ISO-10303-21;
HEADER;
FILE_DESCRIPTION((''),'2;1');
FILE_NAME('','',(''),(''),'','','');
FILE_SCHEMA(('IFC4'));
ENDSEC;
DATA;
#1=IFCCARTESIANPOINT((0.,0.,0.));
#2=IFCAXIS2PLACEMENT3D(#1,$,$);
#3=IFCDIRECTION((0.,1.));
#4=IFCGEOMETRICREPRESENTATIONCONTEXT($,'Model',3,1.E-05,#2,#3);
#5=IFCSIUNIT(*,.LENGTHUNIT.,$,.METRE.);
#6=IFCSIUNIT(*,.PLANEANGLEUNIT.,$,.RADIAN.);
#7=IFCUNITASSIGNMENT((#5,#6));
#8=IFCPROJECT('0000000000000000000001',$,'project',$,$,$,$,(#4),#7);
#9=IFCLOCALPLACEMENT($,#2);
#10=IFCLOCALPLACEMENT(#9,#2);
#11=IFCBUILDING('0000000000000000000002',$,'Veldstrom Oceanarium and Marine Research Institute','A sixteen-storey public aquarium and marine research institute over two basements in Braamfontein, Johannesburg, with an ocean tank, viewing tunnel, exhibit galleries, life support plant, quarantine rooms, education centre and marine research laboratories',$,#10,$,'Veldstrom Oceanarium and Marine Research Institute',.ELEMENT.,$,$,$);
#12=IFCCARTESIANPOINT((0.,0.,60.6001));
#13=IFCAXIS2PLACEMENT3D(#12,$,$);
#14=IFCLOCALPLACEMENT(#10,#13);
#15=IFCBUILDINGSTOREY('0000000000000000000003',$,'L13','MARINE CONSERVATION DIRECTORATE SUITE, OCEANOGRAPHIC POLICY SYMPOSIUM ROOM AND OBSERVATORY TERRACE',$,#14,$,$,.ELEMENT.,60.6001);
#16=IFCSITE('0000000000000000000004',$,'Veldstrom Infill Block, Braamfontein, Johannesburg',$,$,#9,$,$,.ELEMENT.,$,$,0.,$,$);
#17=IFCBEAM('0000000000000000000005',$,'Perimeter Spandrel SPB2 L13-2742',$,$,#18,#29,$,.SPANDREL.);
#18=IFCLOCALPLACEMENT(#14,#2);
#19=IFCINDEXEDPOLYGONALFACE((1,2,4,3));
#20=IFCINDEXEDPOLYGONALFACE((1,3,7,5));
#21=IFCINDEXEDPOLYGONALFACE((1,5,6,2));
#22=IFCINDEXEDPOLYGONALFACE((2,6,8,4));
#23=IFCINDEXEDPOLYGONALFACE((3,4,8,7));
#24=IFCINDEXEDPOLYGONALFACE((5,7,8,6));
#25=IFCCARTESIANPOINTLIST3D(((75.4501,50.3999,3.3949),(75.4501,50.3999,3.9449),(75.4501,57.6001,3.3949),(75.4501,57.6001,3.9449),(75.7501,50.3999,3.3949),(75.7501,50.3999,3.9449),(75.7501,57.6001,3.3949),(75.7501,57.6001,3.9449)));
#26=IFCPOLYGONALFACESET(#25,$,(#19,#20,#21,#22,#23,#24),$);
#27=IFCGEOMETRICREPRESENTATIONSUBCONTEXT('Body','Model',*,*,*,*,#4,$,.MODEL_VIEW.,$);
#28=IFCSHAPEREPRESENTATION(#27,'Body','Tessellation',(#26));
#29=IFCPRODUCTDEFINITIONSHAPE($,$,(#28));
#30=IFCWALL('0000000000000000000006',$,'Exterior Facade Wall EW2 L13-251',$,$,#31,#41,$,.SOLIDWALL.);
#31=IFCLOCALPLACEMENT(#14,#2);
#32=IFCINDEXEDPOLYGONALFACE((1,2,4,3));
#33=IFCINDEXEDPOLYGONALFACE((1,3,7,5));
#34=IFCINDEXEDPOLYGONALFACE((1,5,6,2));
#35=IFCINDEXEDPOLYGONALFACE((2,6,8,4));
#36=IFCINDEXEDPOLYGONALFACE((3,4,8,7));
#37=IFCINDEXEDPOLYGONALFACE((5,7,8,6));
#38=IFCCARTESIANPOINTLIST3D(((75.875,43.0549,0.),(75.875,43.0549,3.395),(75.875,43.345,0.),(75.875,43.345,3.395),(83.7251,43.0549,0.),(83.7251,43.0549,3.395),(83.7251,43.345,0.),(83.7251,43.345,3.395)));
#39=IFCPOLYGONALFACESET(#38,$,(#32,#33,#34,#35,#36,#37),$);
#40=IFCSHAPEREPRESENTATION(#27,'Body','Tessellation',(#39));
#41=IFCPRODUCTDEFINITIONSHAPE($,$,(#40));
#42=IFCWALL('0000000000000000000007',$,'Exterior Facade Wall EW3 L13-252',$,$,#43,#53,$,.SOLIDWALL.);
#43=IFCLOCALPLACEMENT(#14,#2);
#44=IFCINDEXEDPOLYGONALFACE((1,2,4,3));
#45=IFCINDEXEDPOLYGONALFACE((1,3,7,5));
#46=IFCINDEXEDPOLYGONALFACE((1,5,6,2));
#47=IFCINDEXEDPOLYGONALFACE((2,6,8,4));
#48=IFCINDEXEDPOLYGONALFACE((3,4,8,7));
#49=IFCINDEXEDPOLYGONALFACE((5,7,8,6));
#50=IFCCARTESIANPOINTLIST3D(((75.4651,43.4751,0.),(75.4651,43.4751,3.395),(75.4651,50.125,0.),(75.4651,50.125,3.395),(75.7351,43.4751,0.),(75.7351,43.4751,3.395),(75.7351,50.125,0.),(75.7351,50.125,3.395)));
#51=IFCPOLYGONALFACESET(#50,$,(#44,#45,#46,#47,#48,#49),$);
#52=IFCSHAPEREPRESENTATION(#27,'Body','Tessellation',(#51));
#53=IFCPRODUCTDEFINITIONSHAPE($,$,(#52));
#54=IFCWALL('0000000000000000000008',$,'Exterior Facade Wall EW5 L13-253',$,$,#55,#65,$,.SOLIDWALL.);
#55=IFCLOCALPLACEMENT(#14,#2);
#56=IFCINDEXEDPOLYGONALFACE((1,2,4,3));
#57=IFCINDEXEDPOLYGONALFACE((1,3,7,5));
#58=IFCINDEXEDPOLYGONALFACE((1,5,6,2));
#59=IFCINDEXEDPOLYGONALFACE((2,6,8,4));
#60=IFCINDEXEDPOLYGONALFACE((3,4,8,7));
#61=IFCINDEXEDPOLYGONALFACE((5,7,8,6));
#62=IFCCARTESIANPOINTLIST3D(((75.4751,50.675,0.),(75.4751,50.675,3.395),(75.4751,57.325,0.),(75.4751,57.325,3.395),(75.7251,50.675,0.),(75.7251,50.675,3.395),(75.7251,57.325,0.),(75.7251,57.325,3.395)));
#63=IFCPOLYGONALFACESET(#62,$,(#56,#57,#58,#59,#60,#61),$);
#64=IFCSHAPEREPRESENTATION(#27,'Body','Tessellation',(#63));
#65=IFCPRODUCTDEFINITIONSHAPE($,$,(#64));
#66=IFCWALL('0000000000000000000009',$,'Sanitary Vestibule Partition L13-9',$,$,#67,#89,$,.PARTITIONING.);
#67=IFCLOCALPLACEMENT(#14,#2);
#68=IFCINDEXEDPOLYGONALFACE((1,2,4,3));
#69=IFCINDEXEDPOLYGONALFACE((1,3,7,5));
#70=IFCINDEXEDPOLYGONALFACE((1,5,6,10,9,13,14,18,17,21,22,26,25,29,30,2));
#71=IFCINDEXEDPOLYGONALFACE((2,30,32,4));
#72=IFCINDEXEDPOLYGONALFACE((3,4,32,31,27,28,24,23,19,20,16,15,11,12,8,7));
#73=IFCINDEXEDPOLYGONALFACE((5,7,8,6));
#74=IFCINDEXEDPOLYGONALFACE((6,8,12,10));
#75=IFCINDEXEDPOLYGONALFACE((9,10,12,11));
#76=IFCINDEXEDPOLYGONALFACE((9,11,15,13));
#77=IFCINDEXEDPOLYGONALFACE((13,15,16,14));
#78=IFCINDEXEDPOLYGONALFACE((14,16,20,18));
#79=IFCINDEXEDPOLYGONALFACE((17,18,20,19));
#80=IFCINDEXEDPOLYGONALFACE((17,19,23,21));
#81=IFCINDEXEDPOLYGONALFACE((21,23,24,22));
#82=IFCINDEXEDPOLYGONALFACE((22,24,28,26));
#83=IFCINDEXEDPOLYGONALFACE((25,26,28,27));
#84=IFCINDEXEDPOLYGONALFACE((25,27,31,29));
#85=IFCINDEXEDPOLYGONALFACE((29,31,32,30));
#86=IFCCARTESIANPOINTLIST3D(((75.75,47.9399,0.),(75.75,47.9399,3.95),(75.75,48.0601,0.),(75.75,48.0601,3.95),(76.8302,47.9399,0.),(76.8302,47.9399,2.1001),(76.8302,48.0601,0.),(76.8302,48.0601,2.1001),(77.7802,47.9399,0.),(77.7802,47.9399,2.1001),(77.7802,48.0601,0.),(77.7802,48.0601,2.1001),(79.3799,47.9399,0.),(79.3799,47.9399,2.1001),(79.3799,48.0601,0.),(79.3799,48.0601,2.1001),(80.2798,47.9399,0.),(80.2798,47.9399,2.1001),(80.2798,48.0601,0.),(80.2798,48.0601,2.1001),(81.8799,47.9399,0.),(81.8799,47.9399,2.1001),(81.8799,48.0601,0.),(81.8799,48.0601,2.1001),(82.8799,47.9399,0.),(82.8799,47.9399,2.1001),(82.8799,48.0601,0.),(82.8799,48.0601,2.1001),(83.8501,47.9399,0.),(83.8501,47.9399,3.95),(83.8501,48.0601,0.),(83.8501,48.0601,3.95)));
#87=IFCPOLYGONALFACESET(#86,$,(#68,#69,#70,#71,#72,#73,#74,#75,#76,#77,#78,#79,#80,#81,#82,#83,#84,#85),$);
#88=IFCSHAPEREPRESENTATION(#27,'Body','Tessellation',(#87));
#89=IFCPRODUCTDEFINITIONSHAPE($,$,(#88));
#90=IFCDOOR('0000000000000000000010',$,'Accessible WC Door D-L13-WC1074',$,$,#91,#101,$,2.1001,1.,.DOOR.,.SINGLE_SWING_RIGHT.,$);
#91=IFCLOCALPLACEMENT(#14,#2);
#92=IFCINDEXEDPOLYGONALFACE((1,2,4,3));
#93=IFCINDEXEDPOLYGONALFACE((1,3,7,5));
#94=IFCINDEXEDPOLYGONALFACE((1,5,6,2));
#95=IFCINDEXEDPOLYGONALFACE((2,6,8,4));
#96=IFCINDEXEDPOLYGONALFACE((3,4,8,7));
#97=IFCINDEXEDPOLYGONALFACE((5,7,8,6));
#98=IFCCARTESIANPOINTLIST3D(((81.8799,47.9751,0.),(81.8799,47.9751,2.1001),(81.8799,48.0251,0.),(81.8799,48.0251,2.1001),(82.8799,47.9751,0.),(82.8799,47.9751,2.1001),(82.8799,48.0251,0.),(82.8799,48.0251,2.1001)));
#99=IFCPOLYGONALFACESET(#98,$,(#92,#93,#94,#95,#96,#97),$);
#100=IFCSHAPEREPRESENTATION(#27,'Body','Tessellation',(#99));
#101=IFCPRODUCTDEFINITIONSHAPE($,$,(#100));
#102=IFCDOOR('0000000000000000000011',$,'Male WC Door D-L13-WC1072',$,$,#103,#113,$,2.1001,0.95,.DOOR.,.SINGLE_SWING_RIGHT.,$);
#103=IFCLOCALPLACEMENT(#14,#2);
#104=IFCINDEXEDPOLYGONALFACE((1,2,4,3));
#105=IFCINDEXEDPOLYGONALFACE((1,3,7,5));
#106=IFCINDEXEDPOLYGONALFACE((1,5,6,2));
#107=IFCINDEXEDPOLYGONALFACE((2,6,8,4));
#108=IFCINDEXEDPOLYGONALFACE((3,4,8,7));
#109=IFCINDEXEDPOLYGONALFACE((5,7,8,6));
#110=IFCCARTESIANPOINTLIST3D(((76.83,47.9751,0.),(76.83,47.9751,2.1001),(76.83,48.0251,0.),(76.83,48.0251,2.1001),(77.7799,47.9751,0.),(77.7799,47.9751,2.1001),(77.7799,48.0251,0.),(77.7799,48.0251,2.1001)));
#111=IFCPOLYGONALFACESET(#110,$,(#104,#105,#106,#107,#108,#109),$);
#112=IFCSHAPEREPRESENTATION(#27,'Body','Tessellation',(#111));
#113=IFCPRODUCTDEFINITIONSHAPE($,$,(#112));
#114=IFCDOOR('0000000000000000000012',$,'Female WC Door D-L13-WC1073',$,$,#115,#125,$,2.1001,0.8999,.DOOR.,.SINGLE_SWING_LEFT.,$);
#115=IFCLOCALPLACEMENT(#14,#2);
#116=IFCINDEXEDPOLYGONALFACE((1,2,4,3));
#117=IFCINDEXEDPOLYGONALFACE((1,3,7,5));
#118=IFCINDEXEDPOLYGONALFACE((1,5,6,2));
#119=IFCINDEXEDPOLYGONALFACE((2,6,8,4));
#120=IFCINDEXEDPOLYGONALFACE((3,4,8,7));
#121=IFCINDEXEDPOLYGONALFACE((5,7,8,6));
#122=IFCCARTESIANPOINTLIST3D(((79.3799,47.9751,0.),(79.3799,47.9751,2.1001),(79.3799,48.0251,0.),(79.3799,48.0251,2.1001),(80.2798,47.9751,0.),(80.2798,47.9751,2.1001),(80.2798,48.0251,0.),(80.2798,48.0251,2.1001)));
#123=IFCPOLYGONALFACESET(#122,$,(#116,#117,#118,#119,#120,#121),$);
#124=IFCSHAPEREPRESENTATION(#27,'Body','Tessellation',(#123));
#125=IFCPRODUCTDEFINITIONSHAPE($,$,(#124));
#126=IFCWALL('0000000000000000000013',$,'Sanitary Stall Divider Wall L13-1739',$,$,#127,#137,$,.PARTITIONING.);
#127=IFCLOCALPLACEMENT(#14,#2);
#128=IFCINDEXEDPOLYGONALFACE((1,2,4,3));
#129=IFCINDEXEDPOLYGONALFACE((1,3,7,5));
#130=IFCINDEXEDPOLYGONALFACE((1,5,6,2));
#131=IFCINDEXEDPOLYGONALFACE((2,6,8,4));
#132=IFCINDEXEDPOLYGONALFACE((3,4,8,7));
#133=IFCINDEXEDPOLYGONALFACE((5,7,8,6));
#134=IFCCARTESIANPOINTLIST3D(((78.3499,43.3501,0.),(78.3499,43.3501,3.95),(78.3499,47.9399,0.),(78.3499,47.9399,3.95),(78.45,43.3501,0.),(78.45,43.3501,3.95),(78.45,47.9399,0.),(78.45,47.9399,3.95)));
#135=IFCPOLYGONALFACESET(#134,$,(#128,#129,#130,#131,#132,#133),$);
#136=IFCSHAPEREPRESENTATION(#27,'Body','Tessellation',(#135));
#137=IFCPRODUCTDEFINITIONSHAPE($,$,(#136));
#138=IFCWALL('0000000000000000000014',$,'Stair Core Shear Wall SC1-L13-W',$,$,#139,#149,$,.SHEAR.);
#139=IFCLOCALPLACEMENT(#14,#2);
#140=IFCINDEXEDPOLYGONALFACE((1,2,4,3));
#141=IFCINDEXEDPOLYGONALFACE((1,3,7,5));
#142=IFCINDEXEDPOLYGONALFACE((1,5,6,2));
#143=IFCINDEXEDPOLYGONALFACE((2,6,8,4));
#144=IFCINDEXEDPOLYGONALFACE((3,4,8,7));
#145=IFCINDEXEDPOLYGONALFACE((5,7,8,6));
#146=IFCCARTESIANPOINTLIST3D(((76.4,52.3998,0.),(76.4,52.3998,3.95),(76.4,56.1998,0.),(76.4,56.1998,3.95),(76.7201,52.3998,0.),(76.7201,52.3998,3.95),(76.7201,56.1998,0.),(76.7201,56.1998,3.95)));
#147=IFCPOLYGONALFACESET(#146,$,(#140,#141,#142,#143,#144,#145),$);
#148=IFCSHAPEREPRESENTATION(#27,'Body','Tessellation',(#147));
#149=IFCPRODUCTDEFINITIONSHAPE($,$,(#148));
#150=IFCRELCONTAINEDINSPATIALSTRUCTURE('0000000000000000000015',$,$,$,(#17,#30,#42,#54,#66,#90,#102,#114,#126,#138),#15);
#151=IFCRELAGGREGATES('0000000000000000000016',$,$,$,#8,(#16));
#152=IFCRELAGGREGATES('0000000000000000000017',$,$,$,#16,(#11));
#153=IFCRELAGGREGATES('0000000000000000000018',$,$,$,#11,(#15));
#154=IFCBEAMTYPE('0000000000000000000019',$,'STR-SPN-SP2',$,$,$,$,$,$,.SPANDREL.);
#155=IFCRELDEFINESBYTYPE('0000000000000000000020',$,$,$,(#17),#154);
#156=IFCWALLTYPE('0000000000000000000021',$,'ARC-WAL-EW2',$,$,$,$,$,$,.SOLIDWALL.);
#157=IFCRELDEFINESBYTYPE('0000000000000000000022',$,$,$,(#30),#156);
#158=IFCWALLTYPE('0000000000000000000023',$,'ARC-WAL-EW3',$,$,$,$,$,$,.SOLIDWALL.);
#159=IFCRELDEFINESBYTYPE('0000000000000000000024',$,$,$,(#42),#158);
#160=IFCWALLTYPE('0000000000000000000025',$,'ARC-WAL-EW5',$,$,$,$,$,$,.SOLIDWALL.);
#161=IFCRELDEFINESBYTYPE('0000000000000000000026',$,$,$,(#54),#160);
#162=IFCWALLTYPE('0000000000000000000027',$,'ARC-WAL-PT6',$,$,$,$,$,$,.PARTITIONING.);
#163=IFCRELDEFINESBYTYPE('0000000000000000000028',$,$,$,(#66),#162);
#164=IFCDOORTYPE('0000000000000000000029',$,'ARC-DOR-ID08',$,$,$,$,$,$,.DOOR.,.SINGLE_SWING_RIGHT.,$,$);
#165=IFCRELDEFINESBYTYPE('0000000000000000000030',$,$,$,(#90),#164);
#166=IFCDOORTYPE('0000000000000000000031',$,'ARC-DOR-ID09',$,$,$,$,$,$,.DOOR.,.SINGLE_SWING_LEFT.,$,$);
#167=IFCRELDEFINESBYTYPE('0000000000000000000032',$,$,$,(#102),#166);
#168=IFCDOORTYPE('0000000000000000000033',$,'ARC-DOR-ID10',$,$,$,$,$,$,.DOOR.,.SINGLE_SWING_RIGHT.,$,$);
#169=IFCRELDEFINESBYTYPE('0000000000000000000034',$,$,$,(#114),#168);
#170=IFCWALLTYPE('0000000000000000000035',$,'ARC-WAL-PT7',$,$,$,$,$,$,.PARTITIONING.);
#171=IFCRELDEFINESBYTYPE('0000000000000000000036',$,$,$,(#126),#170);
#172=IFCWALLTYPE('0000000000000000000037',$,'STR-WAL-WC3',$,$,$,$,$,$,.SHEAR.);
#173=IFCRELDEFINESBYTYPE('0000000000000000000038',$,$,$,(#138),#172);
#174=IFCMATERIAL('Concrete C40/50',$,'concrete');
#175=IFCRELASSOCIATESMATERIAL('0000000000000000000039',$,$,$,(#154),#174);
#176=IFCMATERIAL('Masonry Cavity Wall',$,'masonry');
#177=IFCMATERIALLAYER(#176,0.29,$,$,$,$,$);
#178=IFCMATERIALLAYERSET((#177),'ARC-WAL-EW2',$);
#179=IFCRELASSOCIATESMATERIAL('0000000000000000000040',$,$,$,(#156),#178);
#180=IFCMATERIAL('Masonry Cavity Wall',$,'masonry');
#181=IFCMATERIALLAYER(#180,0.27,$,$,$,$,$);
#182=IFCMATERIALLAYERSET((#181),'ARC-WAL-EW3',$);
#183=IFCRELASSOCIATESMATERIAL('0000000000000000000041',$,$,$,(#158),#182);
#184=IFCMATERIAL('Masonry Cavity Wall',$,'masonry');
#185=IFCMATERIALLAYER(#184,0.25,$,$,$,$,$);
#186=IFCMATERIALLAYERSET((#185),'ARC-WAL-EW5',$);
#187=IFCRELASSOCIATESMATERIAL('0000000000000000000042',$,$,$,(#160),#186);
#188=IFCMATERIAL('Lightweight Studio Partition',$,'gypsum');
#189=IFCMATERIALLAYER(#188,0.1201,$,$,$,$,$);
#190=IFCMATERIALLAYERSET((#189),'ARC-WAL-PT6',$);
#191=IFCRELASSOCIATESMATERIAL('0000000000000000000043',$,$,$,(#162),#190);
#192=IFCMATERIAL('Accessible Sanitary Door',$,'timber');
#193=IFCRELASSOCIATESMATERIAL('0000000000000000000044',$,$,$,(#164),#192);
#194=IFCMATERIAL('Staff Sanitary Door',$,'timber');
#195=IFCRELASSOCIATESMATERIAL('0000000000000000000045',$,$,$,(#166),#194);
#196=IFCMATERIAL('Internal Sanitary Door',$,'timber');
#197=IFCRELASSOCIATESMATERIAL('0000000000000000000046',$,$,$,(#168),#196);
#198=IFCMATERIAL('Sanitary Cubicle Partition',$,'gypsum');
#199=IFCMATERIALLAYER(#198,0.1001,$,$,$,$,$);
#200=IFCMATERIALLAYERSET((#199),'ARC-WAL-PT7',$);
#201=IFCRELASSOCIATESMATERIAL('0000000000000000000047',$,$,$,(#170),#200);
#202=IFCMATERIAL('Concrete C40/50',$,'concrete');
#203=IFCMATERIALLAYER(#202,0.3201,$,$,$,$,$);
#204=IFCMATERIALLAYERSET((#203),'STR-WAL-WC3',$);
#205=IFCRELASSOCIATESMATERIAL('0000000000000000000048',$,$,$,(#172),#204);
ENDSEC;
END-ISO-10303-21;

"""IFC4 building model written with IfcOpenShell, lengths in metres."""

from ifc_helpers import new_model, si_unit, direction, frame, frame_2d, origin, origin_2d, place, context, subcontext, project, spatial, rectangle, extrude, material, layer, layer_set, material_profile, profile_set, type_object, element, fill, save


model = new_model("IFC4")

# Units and contexts
model_context = context("Model", 3, precision=1e-05, world=origin(), true_north=direction((0.0, 1.0)))
body_context = subcontext(model_context, "Body", "Model", "MODEL_VIEW")
ifc_project = project(units=[si_unit("LENGTHUNIT", "METRE"), si_unit("PLANEANGLEUNIT", "RADIAN")], contexts=[model_context])

# Site, building, storey
site_placement = place(None, origin())
site = spatial("IfcSite", under=ifc_project, at=site_placement, Name="Veldstrom Infill Block, Braamfontein, Johannesburg", CompositionType="ELEMENT", RefElevation=0.0)
building_placement = place(site_placement, origin())
building = spatial("IfcBuilding", under=site, at=building_placement, Name="Veldstrom Oceanarium and Marine Research Institute", Description="A sixteen-storey public aquarium and marine research institute over two basements in Braamfontein, Johannesburg, with an ocean tank, viewing tunnel, exhibit galleries, life support plant, quarantine rooms, education centre and marine research laboratories", LongName="Veldstrom Oceanarium and Marine Research Institute", CompositionType="ELEMENT")
storey_placement = place(building_placement, frame((0.0, 0.0, 60.6001)))
storey = spatial("IfcBuildingStorey", under=building, at=storey_placement, Name="L13", Description="MARINE CONSERVATION DIRECTORATE SUITE, OCEANOGRAPHIC POLICY SYMPOSIUM ROOM AND OBSERVATORY TERRACE", CompositionType="ELEMENT", Elevation=60.6001)

# Beam
ifc_material_1 = material(Name="Concrete C40/50", Category="concrete")
ifc_material_profile = material_profile(ifc_material_1, rectangle(XDim=0.3, YDim=0.55, at=origin_2d()), Name="RC-SPN-300x550")
ifc_profile_set = profile_set([ifc_material_profile], Name="Concrete C40/50")
beam_type = type_object("IfcBeamType", Name="STR-SPN-SP2", PredefinedType="SPANDREL", material=ifc_profile_set)
beam_placement = place(storey_placement, frame((75.6001, 50.3999, 3.6699), z_axis=(0.0, 1.0, 0.0), x_axis=(-1.0, 0.0, 0.0)))
element("IfcBeam", 1, at=beam_placement, inside=storey, type_object=beam_type, Name="Perimeter Spandrel SPB2 L13-2742", PredefinedType="SPANDREL", context=body_context, shape_type="SweptSolid", body=[
    extrude(rectangle(XDim=0.3, YDim=0.55, at=origin_2d()), origin(), (0.0, 0.0, 1.0), 7.2002),
])

# Walls
ifc_material_2 = material(Name="Masonry Cavity Wall", Category="masonry")
ifc_layer_1 = layer(ifc_material_2, 0.29)
ifc_layer_set_1 = layer_set([ifc_layer_1], Name="ARC-WAL-EW2")
wall_type_1 = type_object("IfcWallType", Name="ARC-WAL-EW2", PredefinedType="SOLIDWALL", material=ifc_layer_set_1)
wall_1_placement = place(storey_placement, frame((75.875, 43.2, 0.0), z_axis=(0.0, 0.0, 1.0), x_axis=(1.0, 0.0, 0.0)))
element("IfcWall", 2, at=wall_1_placement, inside=storey, type_object=wall_type_1, Name="Exterior Facade Wall EW2 L13-251", PredefinedType="SOLIDWALL", context=body_context, shape_type="SweptSolid", body=[
    extrude(rectangle(XDim=7.8501, YDim=0.29, at=frame_2d((3.925, 0.0))), origin(), (0.0, 0.0, 1.0), 3.395),
])
ifc_material_3 = material(Name="Masonry Cavity Wall", Category="masonry")
ifc_layer_2 = layer(ifc_material_3, 0.27)
ifc_layer_set_2 = layer_set([ifc_layer_2], Name="ARC-WAL-EW3")
wall_type_2 = type_object("IfcWallType", Name="ARC-WAL-EW3", PredefinedType="SOLIDWALL", material=ifc_layer_set_2)
wall_2_placement = place(storey_placement, frame((75.6001, 43.4751, 0.0), z_axis=(0.0, 0.0, 1.0), x_axis=(0.0, 1.0, 0.0)))
element("IfcWall", 3, at=wall_2_placement, inside=storey, type_object=wall_type_2, Name="Exterior Facade Wall EW3 L13-252", PredefinedType="SOLIDWALL", context=body_context, shape_type="SweptSolid", body=[
    extrude(rectangle(XDim=6.6499, YDim=0.27, at=frame_2d((3.325, 0.0))), origin(), (0.0, 0.0, 1.0), 3.395),
])
ifc_material_4 = material(Name="Masonry Cavity Wall", Category="masonry")
ifc_layer_3 = layer(ifc_material_4, 0.25)
ifc_layer_set_3 = layer_set([ifc_layer_3], Name="ARC-WAL-EW5")
wall_type_3 = type_object("IfcWallType", Name="ARC-WAL-EW5", PredefinedType="SOLIDWALL", material=ifc_layer_set_3)
wall_3_placement = place(storey_placement, frame((75.6001, 50.675, 0.0), z_axis=(0.0, 0.0, 1.0), x_axis=(0.0, 1.0, 0.0)))
element("IfcWall", 4, at=wall_3_placement, inside=storey, type_object=wall_type_3, Name="Exterior Facade Wall EW5 L13-253", PredefinedType="SOLIDWALL", context=body_context, shape_type="SweptSolid", body=[
    extrude(rectangle(XDim=6.6499, YDim=0.25, at=frame_2d((3.325, 0.0))), origin(), (0.0, 0.0, 1.0), 3.395),
])

# Wall, openings, doors
ifc_material_5 = material(Name="Lightweight Studio Partition", Category="gypsum")
ifc_layer_4 = layer(ifc_material_5, 0.1201)
ifc_layer_set_4 = layer_set([ifc_layer_4], Name="ARC-WAL-PT6")
wall_type_4 = type_object("IfcWallType", Name="ARC-WAL-PT6", PredefinedType="PARTITIONING", material=ifc_layer_set_4)
wall_4_placement = place(storey_placement, frame((75.75, 48.0, 0.0), z_axis=(0.0, 0.0, 1.0), x_axis=(1.0, 0.0, 0.0)))
wall_4 = element("IfcWall", 5, at=wall_4_placement, inside=storey, type_object=wall_type_4, Name="Sanitary Vestibule Partition L13-9", PredefinedType="PARTITIONING", context=body_context, shape_type="SweptSolid", body=[
    extrude(rectangle(XDim=8.1001, YDim=0.1201, at=frame_2d((4.05, 0.0))), origin(), (0.0, 0.0, 1.0), 3.95),
])
opening_1_placement = place(wall_4_placement, frame((1.0801, 0.0, 0.0)))
opening_1 = element("IfcOpeningElement", 6, at=opening_1_placement, cuts=wall_4, PredefinedType="OPENING", context=body_context, shape_type="SweptSolid", body=[
    extrude(rectangle(XDim=0.95, YDim=2.1001, at=frame_2d((0.4751, 1.05))), frame((0.0, 0.0701, 0.0), z_axis=(0.0, -1.0, 0.0), x_axis=(1.0, 0.0, 0.0)), (0.0, 0.0, 1.0), 0.1401),
])
opening_2_placement = place(wall_4_placement, frame((3.6299, 0.0, 0.0)))
opening_2 = element("IfcOpeningElement", 7, at=opening_2_placement, cuts=wall_4, PredefinedType="OPENING", context=body_context, shape_type="SweptSolid", body=[
    extrude(rectangle(XDim=0.8999, YDim=2.1001, at=frame_2d((0.45, 1.05))), frame((0.0, 0.0701, 0.0), z_axis=(0.0, -1.0, 0.0), x_axis=(1.0, 0.0, 0.0)), (0.0, 0.0, 1.0), 0.1401),
])
opening_3_placement = place(wall_4_placement, frame((6.1299, 0.0, 0.0)))
opening_3 = element("IfcOpeningElement", 8, at=opening_3_placement, cuts=wall_4, PredefinedType="OPENING", context=body_context, shape_type="SweptSolid", body=[
    extrude(rectangle(XDim=1.0, YDim=2.1001, at=frame_2d((0.5, 1.05))), frame((0.0, 0.0701, 0.0), z_axis=(0.0, -1.0, 0.0), x_axis=(1.0, 0.0, 0.0)), (0.0, 0.0, 1.0), 0.1401),
])
ifc_material_6 = material(Name="Accessible Sanitary Door", Category="timber")
door_type_1 = type_object("IfcDoorType", Name="ARC-DOR-ID08", OperationType="SINGLE_SWING_RIGHT", PredefinedType="DOOR", material=ifc_material_6)
door_1_placement = place(opening_3_placement, frame((1.0, 0.0, 0.0), z_axis=(0.0, 0.0, 1.0), x_axis=(-1.0, 0.0, 0.0)))
door_1 = element("IfcDoor", 9, at=door_1_placement, inside=storey, type_object=door_type_1, Name="Accessible WC Door D-L13-WC1074", OperationType="SINGLE_SWING_RIGHT", OverallHeight=2.1001, OverallWidth=1.0, PredefinedType="DOOR", context=body_context, shape_type="SweptSolid", body=[
    extrude(rectangle(XDim=1.0, YDim=2.1001, at=frame_2d((0.5, 1.05))), frame((0.0, 0.0249, 0.0), z_axis=(0.0, -1.0, 0.0), x_axis=(1.0, 0.0, 0.0)), (0.0, 0.0, 1.0), 0.05),
])
fill(opening_3, door_1)
ifc_material_7 = material(Name="Staff Sanitary Door", Category="timber")
door_type_2 = type_object("IfcDoorType", Name="ARC-DOR-ID09", OperationType="SINGLE_SWING_LEFT", PredefinedType="DOOR", material=ifc_material_7)
door_2_placement = place(opening_1_placement, frame((0.95, 0.0, 0.0), z_axis=(0.0, 0.0, 1.0), x_axis=(-1.0, 0.0, 0.0)))
door_2 = element("IfcDoor", 10, at=door_2_placement, inside=storey, type_object=door_type_2, Name="Male WC Door D-L13-WC1072", OperationType="SINGLE_SWING_RIGHT", OverallHeight=2.1001, OverallWidth=0.95, PredefinedType="DOOR", context=body_context, shape_type="SweptSolid", body=[
    extrude(rectangle(XDim=0.95, YDim=2.1001, at=frame_2d((0.4751, 1.05))), frame((0.0, 0.0249, 0.0), z_axis=(0.0, -1.0, 0.0), x_axis=(1.0, 0.0, 0.0)), (0.0, 0.0, 1.0), 0.05),
])
fill(opening_1, door_2)
ifc_material_8 = material(Name="Internal Sanitary Door", Category="timber")
door_type_3 = type_object("IfcDoorType", Name="ARC-DOR-ID10", OperationType="SINGLE_SWING_RIGHT", PredefinedType="DOOR", material=ifc_material_8)
door_3_placement = place(opening_2_placement, frame((0.8999, 0.0, 0.0), z_axis=(0.0, 0.0, 1.0), x_axis=(-1.0, 0.0, 0.0)))
door_3 = element("IfcDoor", 11, at=door_3_placement, inside=storey, type_object=door_type_3, Name="Female WC Door D-L13-WC1073", OperationType="SINGLE_SWING_LEFT", OverallHeight=2.1001, OverallWidth=0.8999, PredefinedType="DOOR", context=body_context, shape_type="SweptSolid", body=[
    extrude(rectangle(XDim=0.8999, YDim=2.1001, at=frame_2d((0.45, 1.05))), frame((0.0, 0.0249, 0.0), z_axis=(0.0, -1.0, 0.0), x_axis=(1.0, 0.0, 0.0)), (0.0, 0.0, 1.0), 0.05),
])
fill(opening_2, door_3)

# Wall
ifc_material_9 = material(Name="Sanitary Cubicle Partition", Category="gypsum")
ifc_layer_5 = layer(ifc_material_9, 0.1001)
ifc_layer_set_5 = layer_set([ifc_layer_5], Name="ARC-WAL-PT7")
wall_type_5 = type_object("IfcWallType", Name="ARC-WAL-PT7", PredefinedType="PARTITIONING", material=ifc_layer_set_5)
wall_5_placement = place(storey_placement, frame((78.3999, 43.3501, 0.0), z_axis=(0.0, 0.0, 1.0), x_axis=(0.0, 1.0, 0.0)))
element("IfcWall", 12, at=wall_5_placement, inside=storey, type_object=wall_type_5, Name="Sanitary Stall Divider Wall L13-1739", PredefinedType="PARTITIONING", context=body_context, shape_type="SweptSolid", body=[
    extrude(rectangle(XDim=4.5898, YDim=0.1001, at=frame_2d((2.2949, 0.0))), origin(), (0.0, 0.0, 1.0), 3.95),
])

# Shared definitions
ifc_material_10 = material(Name="Concrete C40/50", Category="concrete")
ifc_layer_6 = layer(ifc_material_10, 0.3201)
ifc_layer_set_6 = layer_set([ifc_layer_6], Name="STR-WAL-WC3")
wall_type_6 = type_object("IfcWallType", Name="STR-WAL-WC3", PredefinedType="SHEAR", material=ifc_layer_set_6)

# Wall
wall_6_placement = place(storey_placement, frame((76.5601, 52.3999, 0.0), z_axis=(0.0, 0.0, 1.0), x_axis=(0.0, 1.0, 0.0)))
element("IfcWall", 13, at=wall_6_placement, inside=storey, type_object=wall_type_6, Name="Stair Core Shear Wall SC1-L13-W", PredefinedType="SHEAR", context=body_context, shape_type="SweptSolid", body=[
    extrude(rectangle(XDim=3.8, YDim=0.3201, at=frame_2d((1.8999, 0.0))), origin(), (0.0, 0.0, 1.0), 3.95),
])

save(model, "model.ifc")
